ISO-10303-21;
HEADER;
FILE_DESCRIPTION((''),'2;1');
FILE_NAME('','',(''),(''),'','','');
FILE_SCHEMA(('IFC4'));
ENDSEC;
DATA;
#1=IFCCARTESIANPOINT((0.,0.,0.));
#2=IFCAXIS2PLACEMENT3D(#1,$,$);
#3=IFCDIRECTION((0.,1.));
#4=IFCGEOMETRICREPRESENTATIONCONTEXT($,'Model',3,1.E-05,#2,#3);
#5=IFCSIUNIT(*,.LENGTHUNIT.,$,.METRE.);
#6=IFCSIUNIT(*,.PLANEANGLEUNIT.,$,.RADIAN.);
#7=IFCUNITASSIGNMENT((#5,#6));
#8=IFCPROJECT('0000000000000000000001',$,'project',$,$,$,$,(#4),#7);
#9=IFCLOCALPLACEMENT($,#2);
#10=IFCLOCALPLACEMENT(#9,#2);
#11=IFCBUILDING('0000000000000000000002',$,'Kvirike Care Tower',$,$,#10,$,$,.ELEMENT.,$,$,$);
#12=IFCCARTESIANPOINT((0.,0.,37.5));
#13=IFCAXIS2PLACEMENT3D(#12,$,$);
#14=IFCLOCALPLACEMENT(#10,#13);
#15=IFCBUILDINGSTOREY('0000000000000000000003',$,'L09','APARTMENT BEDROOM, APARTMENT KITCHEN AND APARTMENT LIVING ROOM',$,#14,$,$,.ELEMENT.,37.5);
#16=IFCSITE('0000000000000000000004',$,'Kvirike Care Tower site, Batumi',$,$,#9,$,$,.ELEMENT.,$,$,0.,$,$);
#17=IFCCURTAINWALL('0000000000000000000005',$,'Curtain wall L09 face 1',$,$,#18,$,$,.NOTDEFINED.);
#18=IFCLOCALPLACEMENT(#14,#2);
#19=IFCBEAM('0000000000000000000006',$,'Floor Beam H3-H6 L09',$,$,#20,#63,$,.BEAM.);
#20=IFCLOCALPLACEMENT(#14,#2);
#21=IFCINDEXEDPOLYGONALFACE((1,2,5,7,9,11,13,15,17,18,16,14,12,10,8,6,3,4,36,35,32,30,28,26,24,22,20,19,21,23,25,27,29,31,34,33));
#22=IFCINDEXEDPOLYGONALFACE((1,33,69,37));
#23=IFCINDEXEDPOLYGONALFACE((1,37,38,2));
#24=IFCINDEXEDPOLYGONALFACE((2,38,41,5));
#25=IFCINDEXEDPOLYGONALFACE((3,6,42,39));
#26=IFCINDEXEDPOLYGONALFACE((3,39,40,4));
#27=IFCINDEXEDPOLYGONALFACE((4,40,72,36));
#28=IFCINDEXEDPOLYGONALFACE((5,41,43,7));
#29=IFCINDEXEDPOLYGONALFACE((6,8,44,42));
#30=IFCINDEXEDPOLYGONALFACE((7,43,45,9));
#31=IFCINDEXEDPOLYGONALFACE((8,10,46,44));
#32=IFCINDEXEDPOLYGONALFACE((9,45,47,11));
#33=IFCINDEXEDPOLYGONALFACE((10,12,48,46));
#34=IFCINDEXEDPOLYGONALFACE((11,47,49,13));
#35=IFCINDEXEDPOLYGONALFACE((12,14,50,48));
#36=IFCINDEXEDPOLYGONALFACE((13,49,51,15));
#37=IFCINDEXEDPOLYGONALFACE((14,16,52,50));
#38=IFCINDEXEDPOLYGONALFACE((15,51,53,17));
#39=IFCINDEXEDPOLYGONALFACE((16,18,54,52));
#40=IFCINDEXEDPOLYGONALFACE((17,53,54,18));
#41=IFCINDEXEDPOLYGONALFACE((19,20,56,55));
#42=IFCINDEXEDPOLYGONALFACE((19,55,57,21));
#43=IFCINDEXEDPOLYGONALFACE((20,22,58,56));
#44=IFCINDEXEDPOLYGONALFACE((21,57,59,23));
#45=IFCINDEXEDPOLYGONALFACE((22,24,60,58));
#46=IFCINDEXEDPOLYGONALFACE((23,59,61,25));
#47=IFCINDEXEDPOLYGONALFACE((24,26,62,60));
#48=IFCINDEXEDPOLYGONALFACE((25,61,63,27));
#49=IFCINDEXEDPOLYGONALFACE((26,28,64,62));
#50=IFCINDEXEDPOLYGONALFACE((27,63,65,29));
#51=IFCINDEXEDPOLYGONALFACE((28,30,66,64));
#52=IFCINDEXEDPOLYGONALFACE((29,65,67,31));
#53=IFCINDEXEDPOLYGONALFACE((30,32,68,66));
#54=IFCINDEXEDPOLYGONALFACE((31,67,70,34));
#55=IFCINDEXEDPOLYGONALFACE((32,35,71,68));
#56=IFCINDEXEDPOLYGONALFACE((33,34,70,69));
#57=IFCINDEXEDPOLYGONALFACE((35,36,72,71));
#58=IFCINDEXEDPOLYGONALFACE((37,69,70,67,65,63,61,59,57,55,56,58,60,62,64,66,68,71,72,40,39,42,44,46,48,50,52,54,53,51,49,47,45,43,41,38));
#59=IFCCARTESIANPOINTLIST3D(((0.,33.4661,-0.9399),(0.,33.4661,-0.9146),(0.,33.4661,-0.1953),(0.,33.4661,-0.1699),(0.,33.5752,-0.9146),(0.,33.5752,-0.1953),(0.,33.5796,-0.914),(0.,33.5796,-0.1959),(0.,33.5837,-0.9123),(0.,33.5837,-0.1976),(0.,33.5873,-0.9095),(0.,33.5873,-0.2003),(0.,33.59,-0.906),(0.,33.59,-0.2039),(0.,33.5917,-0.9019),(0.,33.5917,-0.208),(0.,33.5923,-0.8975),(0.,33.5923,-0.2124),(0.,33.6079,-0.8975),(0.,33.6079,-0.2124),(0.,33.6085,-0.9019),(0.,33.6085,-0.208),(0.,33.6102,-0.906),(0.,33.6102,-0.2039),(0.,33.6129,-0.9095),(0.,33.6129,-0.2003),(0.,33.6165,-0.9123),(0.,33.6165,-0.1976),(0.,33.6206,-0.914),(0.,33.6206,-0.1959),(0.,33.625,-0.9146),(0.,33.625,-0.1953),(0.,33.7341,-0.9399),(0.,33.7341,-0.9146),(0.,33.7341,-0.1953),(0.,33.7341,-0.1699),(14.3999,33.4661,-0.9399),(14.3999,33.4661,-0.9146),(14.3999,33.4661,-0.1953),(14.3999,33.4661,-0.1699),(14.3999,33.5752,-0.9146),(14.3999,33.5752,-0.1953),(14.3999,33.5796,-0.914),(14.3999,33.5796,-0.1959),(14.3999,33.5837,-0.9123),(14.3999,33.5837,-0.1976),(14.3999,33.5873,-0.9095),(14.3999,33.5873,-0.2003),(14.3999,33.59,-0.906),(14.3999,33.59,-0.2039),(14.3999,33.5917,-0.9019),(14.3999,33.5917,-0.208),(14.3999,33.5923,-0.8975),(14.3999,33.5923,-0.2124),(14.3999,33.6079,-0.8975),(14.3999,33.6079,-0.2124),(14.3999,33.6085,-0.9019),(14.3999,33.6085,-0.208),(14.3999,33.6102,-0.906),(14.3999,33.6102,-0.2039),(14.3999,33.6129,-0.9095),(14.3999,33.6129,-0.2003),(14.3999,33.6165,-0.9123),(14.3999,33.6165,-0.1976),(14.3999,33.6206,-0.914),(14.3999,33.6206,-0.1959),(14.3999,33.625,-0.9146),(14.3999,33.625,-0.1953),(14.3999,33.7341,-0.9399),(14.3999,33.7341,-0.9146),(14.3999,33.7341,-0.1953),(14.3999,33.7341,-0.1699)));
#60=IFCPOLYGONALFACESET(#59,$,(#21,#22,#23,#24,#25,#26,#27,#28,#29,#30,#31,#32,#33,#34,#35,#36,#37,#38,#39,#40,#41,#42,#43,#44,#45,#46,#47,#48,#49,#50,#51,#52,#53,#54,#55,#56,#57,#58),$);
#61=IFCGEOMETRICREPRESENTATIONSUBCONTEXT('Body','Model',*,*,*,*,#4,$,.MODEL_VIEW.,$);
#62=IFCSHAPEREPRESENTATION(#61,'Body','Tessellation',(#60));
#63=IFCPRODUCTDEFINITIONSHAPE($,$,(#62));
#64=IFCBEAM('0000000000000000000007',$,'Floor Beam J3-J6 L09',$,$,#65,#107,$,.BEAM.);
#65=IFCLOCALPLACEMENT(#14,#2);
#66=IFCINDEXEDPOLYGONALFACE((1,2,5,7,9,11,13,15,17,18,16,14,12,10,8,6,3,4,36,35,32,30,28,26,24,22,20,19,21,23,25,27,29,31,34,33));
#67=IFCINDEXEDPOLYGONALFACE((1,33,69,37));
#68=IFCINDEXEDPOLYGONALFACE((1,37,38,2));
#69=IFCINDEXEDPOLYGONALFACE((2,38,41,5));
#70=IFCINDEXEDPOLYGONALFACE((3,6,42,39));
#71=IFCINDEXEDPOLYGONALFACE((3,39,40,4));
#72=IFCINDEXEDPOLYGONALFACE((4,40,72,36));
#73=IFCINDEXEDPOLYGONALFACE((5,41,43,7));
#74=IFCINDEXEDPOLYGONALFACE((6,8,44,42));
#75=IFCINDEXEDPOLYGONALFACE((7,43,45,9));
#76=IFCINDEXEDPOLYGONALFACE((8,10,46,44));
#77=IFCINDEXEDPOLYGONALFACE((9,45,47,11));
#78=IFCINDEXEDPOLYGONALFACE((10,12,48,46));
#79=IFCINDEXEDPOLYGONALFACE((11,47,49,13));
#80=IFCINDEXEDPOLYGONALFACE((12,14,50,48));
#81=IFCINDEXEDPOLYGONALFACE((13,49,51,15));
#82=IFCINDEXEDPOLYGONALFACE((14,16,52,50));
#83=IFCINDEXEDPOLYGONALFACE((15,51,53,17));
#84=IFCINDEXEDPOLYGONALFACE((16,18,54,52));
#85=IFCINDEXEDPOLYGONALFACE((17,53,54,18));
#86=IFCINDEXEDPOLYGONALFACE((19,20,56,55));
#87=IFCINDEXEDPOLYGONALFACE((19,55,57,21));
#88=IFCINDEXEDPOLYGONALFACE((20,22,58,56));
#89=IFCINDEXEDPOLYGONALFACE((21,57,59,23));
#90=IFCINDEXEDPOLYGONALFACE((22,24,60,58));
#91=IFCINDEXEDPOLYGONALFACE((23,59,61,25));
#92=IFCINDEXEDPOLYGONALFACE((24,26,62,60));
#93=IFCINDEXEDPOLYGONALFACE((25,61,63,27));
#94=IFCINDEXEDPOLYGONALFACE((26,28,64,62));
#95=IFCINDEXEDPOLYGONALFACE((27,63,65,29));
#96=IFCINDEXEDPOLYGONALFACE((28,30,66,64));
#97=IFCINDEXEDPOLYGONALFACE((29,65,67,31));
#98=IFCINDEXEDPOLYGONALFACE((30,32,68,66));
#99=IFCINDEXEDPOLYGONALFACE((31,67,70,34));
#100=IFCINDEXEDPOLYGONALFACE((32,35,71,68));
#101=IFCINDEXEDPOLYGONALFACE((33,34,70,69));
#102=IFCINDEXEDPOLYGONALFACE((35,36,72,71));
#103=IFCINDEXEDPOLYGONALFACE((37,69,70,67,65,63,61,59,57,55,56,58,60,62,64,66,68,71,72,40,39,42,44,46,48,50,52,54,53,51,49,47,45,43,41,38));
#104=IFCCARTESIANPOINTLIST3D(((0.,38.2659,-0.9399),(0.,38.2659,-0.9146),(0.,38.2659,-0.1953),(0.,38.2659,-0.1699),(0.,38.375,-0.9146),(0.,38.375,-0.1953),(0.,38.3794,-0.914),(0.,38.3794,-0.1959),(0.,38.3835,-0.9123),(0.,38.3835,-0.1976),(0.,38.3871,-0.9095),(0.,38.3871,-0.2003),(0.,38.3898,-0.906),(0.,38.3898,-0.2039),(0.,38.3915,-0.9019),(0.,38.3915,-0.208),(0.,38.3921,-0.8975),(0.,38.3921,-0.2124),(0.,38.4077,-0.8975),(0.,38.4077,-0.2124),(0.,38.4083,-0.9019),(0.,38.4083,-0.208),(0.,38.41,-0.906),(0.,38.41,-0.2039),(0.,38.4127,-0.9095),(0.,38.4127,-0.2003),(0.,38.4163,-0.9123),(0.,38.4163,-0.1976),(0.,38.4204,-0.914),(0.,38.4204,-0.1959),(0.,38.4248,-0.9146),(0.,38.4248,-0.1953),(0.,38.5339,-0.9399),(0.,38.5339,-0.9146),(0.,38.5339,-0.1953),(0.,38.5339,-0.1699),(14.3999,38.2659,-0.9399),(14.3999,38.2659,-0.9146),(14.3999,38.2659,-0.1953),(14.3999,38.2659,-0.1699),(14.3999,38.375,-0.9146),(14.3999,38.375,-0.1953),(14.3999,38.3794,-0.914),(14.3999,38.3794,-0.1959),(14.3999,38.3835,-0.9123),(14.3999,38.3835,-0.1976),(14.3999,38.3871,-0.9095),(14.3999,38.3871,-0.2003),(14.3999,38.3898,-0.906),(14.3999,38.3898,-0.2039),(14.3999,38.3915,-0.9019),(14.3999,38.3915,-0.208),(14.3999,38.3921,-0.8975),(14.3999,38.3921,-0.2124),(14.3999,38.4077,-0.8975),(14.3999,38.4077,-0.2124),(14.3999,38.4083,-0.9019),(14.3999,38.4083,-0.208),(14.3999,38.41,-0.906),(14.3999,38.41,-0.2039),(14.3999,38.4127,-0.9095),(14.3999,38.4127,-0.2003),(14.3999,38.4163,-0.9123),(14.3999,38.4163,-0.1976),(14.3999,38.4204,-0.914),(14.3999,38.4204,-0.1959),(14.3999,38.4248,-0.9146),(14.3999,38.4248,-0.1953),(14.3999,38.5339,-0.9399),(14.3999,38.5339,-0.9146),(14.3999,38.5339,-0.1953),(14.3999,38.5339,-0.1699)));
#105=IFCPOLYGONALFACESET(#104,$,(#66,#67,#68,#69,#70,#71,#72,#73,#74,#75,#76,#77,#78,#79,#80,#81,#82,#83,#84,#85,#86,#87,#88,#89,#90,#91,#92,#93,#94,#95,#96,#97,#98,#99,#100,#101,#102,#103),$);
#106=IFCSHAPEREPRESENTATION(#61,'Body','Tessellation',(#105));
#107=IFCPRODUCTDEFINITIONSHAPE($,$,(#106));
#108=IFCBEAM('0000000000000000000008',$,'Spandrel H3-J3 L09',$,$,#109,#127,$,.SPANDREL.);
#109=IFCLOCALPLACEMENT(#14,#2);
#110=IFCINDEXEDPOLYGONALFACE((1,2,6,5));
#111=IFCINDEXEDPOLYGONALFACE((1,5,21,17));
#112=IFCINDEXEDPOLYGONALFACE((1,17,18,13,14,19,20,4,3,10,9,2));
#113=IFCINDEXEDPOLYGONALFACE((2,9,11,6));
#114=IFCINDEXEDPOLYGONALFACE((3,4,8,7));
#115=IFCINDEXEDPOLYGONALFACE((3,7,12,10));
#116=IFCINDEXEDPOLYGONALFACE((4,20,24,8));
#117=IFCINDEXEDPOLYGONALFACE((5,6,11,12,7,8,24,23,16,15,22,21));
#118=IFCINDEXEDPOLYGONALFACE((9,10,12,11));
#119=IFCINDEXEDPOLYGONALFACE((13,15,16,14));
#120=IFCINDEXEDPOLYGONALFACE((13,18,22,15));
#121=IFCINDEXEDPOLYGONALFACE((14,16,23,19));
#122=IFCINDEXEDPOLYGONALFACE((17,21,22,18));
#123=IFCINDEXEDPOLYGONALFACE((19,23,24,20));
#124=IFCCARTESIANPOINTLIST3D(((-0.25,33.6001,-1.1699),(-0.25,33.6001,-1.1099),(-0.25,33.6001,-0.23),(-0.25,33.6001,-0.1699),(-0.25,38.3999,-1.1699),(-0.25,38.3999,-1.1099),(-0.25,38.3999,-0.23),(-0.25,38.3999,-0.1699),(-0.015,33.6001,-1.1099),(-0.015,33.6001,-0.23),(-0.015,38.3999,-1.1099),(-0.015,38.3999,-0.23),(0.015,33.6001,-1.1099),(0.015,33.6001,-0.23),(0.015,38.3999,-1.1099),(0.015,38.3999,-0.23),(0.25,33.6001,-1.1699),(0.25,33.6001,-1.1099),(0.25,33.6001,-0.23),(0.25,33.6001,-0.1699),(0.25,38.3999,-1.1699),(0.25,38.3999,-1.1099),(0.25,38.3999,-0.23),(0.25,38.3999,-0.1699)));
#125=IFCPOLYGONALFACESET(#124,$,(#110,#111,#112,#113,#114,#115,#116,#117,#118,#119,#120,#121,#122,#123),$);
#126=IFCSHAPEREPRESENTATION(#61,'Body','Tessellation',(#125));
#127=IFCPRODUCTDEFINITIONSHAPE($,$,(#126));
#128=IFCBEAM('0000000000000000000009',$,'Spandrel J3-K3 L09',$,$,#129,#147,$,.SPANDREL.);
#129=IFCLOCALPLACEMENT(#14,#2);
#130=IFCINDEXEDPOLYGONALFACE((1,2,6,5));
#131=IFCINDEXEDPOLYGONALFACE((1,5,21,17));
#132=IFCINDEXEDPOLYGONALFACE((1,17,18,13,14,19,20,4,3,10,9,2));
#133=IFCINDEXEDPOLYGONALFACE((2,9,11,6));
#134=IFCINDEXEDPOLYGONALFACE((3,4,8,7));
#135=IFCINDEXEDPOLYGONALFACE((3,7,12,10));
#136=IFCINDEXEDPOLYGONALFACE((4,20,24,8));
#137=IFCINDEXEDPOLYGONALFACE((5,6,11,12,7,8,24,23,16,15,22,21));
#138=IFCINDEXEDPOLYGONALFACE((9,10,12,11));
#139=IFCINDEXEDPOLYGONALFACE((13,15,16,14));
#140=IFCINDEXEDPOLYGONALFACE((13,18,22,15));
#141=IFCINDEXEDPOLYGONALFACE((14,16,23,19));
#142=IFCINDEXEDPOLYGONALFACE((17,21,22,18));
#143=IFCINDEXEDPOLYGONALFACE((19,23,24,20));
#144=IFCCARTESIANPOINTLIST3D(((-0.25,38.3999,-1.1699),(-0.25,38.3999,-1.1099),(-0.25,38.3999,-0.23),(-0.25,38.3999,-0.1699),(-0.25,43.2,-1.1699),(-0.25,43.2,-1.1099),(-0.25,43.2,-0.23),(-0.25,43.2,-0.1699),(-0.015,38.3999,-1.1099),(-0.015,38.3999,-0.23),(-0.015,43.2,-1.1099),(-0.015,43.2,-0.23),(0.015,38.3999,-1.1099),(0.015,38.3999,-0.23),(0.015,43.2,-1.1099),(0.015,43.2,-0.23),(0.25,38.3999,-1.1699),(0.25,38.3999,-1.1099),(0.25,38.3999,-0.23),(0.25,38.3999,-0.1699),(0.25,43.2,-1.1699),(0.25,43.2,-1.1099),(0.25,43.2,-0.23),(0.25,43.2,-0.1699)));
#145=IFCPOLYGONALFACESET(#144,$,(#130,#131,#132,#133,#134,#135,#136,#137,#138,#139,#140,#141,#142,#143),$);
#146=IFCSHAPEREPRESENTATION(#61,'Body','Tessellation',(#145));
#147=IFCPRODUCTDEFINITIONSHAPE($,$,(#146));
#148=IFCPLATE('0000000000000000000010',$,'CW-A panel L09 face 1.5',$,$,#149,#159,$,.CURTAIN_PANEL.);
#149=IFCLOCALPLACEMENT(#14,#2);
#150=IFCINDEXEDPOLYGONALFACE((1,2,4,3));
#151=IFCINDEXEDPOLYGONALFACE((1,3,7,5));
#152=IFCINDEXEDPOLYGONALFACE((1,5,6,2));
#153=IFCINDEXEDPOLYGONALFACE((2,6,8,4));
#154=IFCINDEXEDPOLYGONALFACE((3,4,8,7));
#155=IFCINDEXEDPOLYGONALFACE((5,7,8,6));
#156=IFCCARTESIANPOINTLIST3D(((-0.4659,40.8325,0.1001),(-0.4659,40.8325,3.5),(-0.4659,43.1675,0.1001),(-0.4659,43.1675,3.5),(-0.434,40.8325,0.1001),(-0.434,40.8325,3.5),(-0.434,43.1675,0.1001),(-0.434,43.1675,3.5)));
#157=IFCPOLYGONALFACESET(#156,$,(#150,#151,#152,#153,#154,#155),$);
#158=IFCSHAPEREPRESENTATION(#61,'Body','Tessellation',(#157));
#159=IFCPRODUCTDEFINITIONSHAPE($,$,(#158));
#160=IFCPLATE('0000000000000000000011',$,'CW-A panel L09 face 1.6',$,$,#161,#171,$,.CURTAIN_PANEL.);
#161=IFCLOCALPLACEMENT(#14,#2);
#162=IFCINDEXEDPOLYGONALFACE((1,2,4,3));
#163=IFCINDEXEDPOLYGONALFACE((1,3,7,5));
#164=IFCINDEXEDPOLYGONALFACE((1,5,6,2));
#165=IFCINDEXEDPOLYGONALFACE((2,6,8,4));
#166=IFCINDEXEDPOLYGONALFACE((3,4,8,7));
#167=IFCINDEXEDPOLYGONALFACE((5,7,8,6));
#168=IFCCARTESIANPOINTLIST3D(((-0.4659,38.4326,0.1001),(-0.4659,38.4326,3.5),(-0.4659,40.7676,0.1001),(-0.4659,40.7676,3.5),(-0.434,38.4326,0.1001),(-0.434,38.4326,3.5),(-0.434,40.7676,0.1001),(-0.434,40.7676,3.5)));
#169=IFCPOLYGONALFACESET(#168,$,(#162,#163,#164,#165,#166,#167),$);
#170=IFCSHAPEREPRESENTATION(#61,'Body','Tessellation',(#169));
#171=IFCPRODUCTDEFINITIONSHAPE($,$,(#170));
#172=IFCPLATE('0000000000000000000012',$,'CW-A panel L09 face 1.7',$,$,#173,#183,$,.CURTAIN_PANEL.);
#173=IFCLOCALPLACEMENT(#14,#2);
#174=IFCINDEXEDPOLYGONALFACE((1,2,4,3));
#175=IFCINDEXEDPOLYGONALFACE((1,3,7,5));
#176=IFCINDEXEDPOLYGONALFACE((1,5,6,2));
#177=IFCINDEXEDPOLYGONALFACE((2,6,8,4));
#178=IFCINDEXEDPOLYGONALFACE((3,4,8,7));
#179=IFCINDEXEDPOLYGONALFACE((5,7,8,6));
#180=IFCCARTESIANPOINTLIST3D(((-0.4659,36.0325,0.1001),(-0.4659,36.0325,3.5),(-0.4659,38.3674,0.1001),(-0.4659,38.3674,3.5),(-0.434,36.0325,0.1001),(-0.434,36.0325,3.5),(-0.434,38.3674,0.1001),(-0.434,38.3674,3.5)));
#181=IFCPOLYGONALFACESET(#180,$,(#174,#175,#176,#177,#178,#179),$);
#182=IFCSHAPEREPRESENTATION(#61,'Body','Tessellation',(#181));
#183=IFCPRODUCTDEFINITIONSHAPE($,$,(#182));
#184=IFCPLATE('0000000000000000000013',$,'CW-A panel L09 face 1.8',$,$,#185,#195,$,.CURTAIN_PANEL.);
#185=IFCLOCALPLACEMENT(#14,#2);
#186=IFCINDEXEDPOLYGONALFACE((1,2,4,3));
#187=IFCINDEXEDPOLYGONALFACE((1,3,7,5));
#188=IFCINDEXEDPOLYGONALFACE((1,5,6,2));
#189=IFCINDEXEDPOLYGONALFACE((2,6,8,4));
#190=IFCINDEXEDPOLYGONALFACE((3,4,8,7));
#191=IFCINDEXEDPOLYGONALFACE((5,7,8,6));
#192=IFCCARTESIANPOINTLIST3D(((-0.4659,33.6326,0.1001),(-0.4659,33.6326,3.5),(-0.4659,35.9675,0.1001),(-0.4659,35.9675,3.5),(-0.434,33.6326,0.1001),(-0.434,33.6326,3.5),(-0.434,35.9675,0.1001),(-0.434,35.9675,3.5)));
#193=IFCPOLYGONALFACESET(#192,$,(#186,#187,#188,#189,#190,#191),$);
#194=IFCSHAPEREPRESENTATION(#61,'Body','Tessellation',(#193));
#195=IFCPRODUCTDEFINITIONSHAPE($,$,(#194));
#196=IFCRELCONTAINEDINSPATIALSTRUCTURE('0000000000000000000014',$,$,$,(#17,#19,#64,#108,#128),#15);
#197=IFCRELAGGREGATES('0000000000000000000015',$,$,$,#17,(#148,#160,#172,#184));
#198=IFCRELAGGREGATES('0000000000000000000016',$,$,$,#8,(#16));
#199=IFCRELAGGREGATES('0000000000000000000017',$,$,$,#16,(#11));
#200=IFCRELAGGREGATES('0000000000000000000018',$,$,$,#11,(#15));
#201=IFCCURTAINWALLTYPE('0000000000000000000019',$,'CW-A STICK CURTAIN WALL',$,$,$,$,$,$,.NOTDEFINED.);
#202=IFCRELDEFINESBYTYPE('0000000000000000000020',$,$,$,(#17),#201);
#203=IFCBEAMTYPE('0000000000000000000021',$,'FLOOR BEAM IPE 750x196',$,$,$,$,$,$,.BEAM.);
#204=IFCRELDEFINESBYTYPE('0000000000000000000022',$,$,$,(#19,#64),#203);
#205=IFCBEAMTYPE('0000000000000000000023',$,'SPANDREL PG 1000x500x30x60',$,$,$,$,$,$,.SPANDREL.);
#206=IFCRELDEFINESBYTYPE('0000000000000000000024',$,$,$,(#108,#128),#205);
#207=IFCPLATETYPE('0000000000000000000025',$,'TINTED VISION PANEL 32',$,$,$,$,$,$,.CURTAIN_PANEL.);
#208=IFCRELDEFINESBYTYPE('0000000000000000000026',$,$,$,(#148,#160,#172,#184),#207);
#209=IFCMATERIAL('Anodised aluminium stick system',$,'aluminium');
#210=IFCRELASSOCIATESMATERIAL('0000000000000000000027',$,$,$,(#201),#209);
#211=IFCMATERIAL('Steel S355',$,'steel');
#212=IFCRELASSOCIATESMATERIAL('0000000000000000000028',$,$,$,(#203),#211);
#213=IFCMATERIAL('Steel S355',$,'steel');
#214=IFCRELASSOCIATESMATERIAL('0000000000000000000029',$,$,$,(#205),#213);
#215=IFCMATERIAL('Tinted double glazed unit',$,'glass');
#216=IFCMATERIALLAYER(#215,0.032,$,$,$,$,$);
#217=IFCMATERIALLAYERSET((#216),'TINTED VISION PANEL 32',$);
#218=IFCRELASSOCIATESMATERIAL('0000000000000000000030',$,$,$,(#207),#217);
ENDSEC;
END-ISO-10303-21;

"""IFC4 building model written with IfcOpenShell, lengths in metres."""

from ifc_helpers import new_model, si_unit, direction, frame, origin, origin_2d, place, context, subcontext, project, spatial, rectangle, i_section, extrude, material, layer, layer_set, material_profile, profile_set, type_object, element, aggregate, save


model = new_model("IFC4")

# Units and contexts
model_context = context("Model", 3, precision=1e-05, world=origin(), true_north=direction((0.0, 1.0)))
body_context = subcontext(model_context, "Body", "Model", "MODEL_VIEW")
ifc_project = project(units=[si_unit("LENGTHUNIT", "METRE"), si_unit("PLANEANGLEUNIT", "RADIAN")], contexts=[model_context])

# Site, building, storey
site_placement = place(None, origin())
site = spatial("IfcSite", under=ifc_project, at=site_placement, Name="Kvirike Care Tower site, Batumi", CompositionType="ELEMENT", RefElevation=0.0)
building_placement = place(site_placement, origin())
building = spatial("IfcBuilding", under=site, at=building_placement, Name="Kvirike Care Tower", CompositionType="ELEMENT")
storey_placement = place(building_placement, frame((0.0, 0.0, 37.5)))
storey = spatial("IfcBuildingStorey", under=building, at=storey_placement, Name="L09", Description="APARTMENT BEDROOM, APARTMENT KITCHEN AND APARTMENT LIVING ROOM", CompositionType="ELEMENT", Elevation=37.5)

# Curtain wall
ifc_material_1 = material(Name="Anodised aluminium stick system", Category="aluminium")
curtain_wall_type = type_object("IfcCurtainWallType", Name="CW-A STICK CURTAIN WALL", PredefinedType="NOTDEFINED", material=ifc_material_1)
curtain_wall_placement = place(storey_placement, origin())
curtain_wall = element("IfcCurtainWall", 1, at=curtain_wall_placement, inside=storey, type_object=curtain_wall_type, Name="Curtain wall L09 face 1", PredefinedType="NOTDEFINED")

# Beams
ifc_material_2 = material(Name="Steel S355", Category="steel")
ifc_material_profile_1 = material_profile(ifc_material_2, i_section(OverallWidth=0.2681, OverallDepth=0.77, WebThickness=0.0156, FlangeThickness=0.0254, FilletRadius=0.0171, at=origin_2d()), Name="IPE 750x196")
ifc_profile_set_1 = profile_set([ifc_material_profile_1], Name="Steel S355")
beam_type_1 = type_object("IfcBeamType", Name="FLOOR BEAM IPE 750x196", PredefinedType="BEAM", material=ifc_profile_set_1)
for number, where, z_axis, x_axis, name in (
    (2, (0.0, 33.6001, -0.5549), (1.0, 0.0, 0.0), (0.0, 1.0, 0.0), "Floor Beam H3-H6 L09"),
    (3, (0.0, 38.3999, -0.5549), (1.0, 0.0, 0.0), (0.0, 1.0, 0.0), "Floor Beam J3-J6 L09"),
):
    element("IfcBeam", number, at=place(storey_placement, frame(where, z_axis=z_axis, x_axis=x_axis)), inside=storey, type_object=beam_type_1, Name=name, PredefinedType="BEAM", context=body_context, shape_type="SweptSolid", body=[
        extrude(i_section(OverallWidth=0.2681, OverallDepth=0.77, WebThickness=0.0156, FlangeThickness=0.0254, FilletRadius=0.0171, at=origin_2d()), origin(), (0.0, 0.0, 1.0), 14.3999),
    ])
ifc_material_3 = material(Name="Steel S355", Category="steel")
ifc_material_profile_2 = material_profile(ifc_material_3, i_section(OverallWidth=0.5, OverallDepth=1.0, WebThickness=0.03, FlangeThickness=0.0601, at=origin_2d()), Name="PG 1000x500x30x60")
ifc_profile_set_2 = profile_set([ifc_material_profile_2], Name="Steel S355")
beam_type_2 = type_object("IfcBeamType", Name="SPANDREL PG 1000x500x30x60", PredefinedType="SPANDREL", material=ifc_profile_set_2)
beam_1_placement = place(storey_placement, frame((0.0, 33.6001, -0.6699), z_axis=(0.0, 1.0, 0.0), x_axis=(-1.0, 0.0, 0.0)))
element("IfcBeam", 4, at=beam_1_placement, inside=storey, type_object=beam_type_2, Name="Spandrel H3-J3 L09", PredefinedType="SPANDREL", context=body_context, shape_type="SweptSolid", body=[
    extrude(i_section(OverallWidth=0.5, OverallDepth=1.0, WebThickness=0.03, FlangeThickness=0.0601, at=origin_2d()), origin(), (0.0, 0.0, 1.0), 4.7998),
])
beam_2_placement = place(storey_placement, frame((0.0, 38.3999, -0.6699), z_axis=(0.0, 1.0, 0.0), x_axis=(-1.0, 0.0, 0.0)))
element("IfcBeam", 5, at=beam_2_placement, inside=storey, type_object=beam_type_2, Name="Spandrel J3-K3 L09", PredefinedType="SPANDREL", context=body_context, shape_type="SweptSolid", body=[
    extrude(i_section(OverallWidth=0.5, OverallDepth=1.0, WebThickness=0.03, FlangeThickness=0.0601, at=origin_2d()), origin(), (0.0, 0.0, 1.0), 4.8),
])

# Plates
ifc_material_4 = material(Name="Tinted double glazed unit", Category="glass")
ifc_layer_1 = layer(ifc_material_4, 0.032)
ifc_layer_set_1 = layer_set([ifc_layer_1], Name="TINTED VISION PANEL 32")
plate_type = type_object("IfcPlateType", Name="TINTED VISION PANEL 32", PredefinedType="CURTAIN_PANEL", material=ifc_layer_set_1)
plate_1_placement = place(storey_placement, frame((-0.45, 42.0, 0.1001), z_axis=(0.0, 0.0, 1.0), x_axis=(0.0, -1.0, 0.0)))
plate_1 = element("IfcPlate", 6, at=plate_1_placement, type_object=plate_type, Name="CW-A panel L09 face 1.5", PredefinedType="CURTAIN_PANEL", context=body_context, shape_type="SweptSolid", body=[
    extrude(rectangle(XDim=2.335, YDim=0.032, at=origin_2d()), origin(), (0.0, 0.0, 1.0), 3.3999),
])
plate_2_placement = place(storey_placement, frame((-0.45, 39.6001, 0.1001), z_axis=(0.0, 0.0, 1.0), x_axis=(0.0, -1.0, 0.0)))
plate_2 = element("IfcPlate", 7, at=plate_2_placement, type_object=plate_type, Name="CW-A panel L09 face 1.6", PredefinedType="CURTAIN_PANEL", context=body_context, shape_type="SweptSolid", body=[
    extrude(rectangle(XDim=2.335, YDim=0.032, at=origin_2d()), origin(), (0.0, 0.0, 1.0), 3.3999),
])
plate_3_placement = place(storey_placement, frame((-0.45, 37.2, 0.1001), z_axis=(0.0, 0.0, 1.0), x_axis=(0.0, -1.0, 0.0)))
plate_3 = element("IfcPlate", 8, at=plate_3_placement, type_object=plate_type, Name="CW-A panel L09 face 1.7", PredefinedType="CURTAIN_PANEL", context=body_context, shape_type="SweptSolid", body=[
    extrude(rectangle(XDim=2.335, YDim=0.032, at=origin_2d()), origin(), (0.0, 0.0, 1.0), 3.3999),
])
plate_4_placement = place(storey_placement, frame((-0.45, 34.8, 0.1001), z_axis=(0.0, 0.0, 1.0), x_axis=(0.0, -1.0, 0.0)))
plate_4 = element("IfcPlate", 9, at=plate_4_placement, type_object=plate_type, Name="CW-A panel L09 face 1.8", PredefinedType="CURTAIN_PANEL", context=body_context, shape_type="SweptSolid", body=[
    extrude(rectangle(XDim=2.335, YDim=0.032, at=origin_2d()), origin(), (0.0, 0.0, 1.0), 3.3999),
])
aggregate(curtain_wall, [plate_1, plate_2, plate_3, plate_4])

save(model, "model.ifc")
